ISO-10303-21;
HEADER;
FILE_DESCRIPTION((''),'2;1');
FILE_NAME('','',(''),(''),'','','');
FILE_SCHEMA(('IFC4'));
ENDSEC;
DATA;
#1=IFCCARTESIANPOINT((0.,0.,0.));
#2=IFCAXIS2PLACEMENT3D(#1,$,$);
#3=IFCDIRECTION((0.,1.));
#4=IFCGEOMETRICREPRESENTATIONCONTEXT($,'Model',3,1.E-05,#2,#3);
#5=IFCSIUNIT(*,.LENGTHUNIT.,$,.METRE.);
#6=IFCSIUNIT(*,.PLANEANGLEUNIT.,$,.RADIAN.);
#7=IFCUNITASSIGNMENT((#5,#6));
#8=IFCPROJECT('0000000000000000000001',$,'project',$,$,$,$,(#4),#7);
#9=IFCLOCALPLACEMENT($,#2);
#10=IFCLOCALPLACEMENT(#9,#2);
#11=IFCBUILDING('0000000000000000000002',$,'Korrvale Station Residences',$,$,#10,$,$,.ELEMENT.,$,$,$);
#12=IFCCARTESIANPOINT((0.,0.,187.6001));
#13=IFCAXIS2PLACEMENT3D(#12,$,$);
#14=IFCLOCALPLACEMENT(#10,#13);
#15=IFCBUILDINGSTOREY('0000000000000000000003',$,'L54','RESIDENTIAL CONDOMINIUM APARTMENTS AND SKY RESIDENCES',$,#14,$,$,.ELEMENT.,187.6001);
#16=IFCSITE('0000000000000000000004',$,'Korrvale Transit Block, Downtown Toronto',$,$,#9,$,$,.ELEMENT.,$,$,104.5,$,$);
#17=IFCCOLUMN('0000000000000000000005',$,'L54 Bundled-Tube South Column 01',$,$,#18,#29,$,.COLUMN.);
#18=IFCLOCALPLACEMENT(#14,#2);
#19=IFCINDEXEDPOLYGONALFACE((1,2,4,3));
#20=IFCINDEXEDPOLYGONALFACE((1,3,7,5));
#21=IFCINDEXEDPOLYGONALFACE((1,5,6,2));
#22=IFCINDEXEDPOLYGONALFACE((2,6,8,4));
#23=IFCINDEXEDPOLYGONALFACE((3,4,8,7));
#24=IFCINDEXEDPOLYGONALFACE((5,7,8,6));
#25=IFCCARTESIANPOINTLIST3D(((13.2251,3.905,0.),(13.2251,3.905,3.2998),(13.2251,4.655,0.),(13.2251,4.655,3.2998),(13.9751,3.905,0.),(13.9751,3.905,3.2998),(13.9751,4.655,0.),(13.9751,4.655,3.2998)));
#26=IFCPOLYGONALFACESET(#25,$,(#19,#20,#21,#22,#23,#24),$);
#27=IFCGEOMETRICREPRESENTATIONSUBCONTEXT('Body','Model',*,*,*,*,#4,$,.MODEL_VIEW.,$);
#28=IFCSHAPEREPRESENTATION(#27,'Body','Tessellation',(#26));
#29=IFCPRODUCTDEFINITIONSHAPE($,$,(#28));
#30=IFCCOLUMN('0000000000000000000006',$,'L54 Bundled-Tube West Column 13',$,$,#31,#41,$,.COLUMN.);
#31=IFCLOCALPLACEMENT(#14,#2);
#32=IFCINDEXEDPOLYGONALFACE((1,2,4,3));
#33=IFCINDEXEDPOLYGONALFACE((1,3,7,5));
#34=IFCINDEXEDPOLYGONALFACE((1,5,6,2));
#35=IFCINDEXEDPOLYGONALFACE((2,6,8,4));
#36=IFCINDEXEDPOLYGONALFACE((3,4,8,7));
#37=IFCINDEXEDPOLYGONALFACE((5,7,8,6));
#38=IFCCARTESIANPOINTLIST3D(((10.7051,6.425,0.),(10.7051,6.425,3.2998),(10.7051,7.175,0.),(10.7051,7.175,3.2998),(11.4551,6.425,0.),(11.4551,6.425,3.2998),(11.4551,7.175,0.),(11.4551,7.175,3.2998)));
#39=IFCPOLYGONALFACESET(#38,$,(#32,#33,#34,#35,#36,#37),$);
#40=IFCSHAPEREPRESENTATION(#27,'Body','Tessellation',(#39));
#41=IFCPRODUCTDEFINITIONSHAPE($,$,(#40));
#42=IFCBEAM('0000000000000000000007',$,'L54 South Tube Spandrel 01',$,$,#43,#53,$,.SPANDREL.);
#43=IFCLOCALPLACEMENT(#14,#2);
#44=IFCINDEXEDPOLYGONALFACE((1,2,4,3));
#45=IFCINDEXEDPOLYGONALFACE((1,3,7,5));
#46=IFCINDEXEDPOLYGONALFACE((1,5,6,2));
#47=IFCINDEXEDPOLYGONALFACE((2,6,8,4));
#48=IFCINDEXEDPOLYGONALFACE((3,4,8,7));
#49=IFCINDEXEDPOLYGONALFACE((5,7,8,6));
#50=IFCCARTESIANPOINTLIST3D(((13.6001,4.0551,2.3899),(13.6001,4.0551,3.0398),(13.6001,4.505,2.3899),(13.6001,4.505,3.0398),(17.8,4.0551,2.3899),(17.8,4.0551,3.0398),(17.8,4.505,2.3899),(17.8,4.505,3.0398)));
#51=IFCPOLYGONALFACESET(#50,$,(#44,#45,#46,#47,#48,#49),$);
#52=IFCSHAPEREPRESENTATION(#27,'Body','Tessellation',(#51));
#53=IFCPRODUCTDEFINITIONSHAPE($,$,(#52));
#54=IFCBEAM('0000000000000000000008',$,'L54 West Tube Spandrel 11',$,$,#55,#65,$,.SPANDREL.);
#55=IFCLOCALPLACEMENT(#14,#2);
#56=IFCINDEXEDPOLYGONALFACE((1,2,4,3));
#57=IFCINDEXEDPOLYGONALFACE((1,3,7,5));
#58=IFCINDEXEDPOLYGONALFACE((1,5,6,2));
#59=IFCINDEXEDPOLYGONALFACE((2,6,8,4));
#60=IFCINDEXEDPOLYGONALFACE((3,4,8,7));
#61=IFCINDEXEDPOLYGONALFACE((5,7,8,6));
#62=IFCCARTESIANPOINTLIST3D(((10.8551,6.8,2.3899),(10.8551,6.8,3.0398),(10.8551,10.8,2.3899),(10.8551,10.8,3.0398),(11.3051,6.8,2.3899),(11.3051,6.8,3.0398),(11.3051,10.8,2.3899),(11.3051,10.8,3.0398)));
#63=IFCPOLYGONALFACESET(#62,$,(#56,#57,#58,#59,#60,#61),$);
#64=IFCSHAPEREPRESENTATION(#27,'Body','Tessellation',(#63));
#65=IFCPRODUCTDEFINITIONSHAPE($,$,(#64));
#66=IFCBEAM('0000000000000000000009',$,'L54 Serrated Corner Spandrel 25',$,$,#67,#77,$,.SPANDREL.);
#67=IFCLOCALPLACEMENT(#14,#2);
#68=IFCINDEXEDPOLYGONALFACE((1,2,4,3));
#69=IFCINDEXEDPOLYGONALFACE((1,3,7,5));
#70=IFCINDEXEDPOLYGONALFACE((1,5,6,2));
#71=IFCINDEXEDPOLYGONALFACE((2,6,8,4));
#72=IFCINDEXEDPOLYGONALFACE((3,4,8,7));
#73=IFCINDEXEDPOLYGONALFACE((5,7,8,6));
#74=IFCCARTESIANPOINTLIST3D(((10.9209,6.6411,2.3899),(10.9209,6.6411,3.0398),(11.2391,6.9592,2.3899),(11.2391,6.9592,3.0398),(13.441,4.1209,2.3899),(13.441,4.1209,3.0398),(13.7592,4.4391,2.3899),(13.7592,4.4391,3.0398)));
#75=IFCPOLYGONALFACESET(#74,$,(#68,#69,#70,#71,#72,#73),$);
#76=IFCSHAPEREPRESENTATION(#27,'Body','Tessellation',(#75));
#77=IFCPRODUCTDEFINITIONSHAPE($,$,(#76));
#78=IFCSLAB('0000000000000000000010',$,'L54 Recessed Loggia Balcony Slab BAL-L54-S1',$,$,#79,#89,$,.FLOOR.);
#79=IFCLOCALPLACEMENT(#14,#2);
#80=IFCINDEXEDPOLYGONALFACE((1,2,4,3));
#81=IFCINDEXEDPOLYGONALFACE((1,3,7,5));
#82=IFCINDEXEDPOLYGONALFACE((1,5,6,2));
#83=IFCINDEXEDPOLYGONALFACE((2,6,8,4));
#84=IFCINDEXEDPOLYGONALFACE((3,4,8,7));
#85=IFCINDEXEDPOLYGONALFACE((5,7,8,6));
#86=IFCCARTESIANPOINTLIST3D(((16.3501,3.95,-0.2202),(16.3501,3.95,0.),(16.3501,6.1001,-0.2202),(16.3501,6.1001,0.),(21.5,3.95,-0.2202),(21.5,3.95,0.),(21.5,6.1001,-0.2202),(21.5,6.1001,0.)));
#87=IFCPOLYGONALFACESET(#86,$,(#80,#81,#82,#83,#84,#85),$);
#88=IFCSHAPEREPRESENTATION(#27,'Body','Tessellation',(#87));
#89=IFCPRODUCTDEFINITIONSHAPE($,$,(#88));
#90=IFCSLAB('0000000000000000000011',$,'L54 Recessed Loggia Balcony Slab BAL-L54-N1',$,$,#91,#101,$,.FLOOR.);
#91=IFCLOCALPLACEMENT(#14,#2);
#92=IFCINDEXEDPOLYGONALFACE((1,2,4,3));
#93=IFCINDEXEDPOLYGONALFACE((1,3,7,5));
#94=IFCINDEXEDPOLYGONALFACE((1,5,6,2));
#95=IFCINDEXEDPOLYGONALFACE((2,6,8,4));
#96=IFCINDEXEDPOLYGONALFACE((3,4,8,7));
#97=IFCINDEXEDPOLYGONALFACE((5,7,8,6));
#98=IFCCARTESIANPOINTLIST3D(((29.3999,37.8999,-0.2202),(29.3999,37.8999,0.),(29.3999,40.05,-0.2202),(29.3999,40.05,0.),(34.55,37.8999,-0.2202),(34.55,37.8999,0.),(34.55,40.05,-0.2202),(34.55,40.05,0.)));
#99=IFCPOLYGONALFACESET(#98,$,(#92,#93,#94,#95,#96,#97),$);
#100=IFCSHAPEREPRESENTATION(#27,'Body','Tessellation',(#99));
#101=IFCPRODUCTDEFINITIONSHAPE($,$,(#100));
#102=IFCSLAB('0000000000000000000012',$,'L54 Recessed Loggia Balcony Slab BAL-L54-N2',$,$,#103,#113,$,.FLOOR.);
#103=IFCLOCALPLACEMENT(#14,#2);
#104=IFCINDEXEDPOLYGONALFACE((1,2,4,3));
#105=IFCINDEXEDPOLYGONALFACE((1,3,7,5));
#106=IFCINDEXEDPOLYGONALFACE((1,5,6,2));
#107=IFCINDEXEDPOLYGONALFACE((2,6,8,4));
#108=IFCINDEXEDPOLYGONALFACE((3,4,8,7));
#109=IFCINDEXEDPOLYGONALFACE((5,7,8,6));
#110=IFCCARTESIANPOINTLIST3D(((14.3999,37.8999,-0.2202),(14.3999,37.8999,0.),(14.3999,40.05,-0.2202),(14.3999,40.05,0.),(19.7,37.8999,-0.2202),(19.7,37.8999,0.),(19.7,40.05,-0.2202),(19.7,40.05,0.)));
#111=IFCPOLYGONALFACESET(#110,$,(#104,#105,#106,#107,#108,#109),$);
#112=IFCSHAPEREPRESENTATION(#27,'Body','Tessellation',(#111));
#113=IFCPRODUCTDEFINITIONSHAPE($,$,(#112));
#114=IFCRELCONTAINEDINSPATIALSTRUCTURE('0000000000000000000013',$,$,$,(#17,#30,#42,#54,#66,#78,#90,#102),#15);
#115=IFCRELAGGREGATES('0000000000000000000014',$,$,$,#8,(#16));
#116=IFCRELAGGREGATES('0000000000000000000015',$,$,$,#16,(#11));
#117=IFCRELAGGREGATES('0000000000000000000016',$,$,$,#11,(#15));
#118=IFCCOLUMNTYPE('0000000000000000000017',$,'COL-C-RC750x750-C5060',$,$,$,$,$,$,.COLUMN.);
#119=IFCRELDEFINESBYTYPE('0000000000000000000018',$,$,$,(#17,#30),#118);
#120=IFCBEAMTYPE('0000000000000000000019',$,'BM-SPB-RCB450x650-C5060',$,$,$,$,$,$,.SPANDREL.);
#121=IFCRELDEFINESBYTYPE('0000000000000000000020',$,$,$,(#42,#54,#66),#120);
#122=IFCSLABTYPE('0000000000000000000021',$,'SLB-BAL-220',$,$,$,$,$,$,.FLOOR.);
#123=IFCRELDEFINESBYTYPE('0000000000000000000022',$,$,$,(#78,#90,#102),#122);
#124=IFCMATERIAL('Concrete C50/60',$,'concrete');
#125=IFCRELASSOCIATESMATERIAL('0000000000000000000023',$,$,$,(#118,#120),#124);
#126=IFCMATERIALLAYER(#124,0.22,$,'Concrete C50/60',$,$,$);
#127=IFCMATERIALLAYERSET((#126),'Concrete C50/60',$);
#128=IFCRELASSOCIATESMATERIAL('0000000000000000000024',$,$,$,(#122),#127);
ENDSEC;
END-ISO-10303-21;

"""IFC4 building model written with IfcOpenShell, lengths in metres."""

from ifc_helpers import new_model, si_unit, direction, frame, origin, origin_2d, place, context, subcontext, project, spatial, polyline, rectangle, outline, extrude, material, layer, layer_set, material_profile, profile_set, type_object, element, save


model = new_model("IFC4")

# Units and contexts
model_context = context("Model", 3, precision=1e-05, world=origin(), true_north=direction((0.0, 1.0)))
body_context = subcontext(model_context, "Body", "Model", "MODEL_VIEW")
ifc_project = project(units=[si_unit("LENGTHUNIT", "METRE"), si_unit("PLANEANGLEUNIT", "RADIAN")], contexts=[model_context])

# Site, building, storey
site_placement = place(None, origin())
site = spatial("IfcSite", under=ifc_project, at=site_placement, Name="Korrvale Transit Block, Downtown Toronto", CompositionType="ELEMENT", RefElevation=104.5)
building_placement = place(site_placement, origin())
building = spatial("IfcBuilding", under=site, at=building_placement, Name="Korrvale Station Residences", CompositionType="ELEMENT")
storey_placement = place(building_placement, frame((0.0, 0.0, 187.6001)))
storey = spatial("IfcBuildingStorey", under=building, at=storey_placement, Name="L54", Description="RESIDENTIAL CONDOMINIUM APARTMENTS AND SKY RESIDENCES", CompositionType="ELEMENT", Elevation=187.6001)

# Columns
ifc_material_1 = material(Name="Concrete C50/60", Category="concrete")
ifc_material_profile_1 = material_profile(ifc_material_1, rectangle(XDim=0.75, YDim=0.75, at=origin_2d()), Name="RC750x750")
ifc_profile_set_1 = profile_set([ifc_material_profile_1], Name="Concrete C50/60")
column_type = type_object("IfcColumnType", Name="COL-C-RC750x750-C5060", PredefinedType="COLUMN", material=ifc_profile_set_1)
for number, where, z_axis, x_axis, name in (
    (1, (13.6001, 4.28, 0.0), (0.0, 0.0, 1.0), (1.0, 0.0, 0.0), "L54 Bundled-Tube South Column 01"),
    (2, (11.0801, 6.8, 0.0), (0.0, 0.0, 1.0), (1.0, 0.0, 0.0), "L54 Bundled-Tube West Column 13"),
):
    element("IfcColumn", number, at=place(storey_placement, frame(where, z_axis=z_axis, x_axis=x_axis)), inside=storey, type_object=column_type, Name=name, PredefinedType="COLUMN", context=body_context, shape_type="SweptSolid", body=[
        extrude(rectangle(XDim=0.75, YDim=0.75, at=origin_2d()), origin(), (0.0, 0.0, 1.0), 3.2998),
    ])

# Beams
ifc_material_profile_2 = material_profile(ifc_material_1, rectangle(XDim=0.45, YDim=0.6499, at=origin_2d()), Name="RCB450x650")
ifc_profile_set_2 = profile_set([ifc_material_profile_2], Name="Concrete C50/60")
beam_type = type_object("IfcBeamType", Name="BM-SPB-RCB450x650-C5060", PredefinedType="SPANDREL", material=ifc_profile_set_2)
beam_1_placement = place(storey_placement, frame((13.6001, 4.28, 2.7148), z_axis=(1.0, 0.0, 0.0), x_axis=(0.0, 1.0, 0.0)))
element("IfcBeam", 3, at=beam_1_placement, inside=storey, type_object=beam_type, Name="L54 South Tube Spandrel 01", PredefinedType="SPANDREL", context=body_context, shape_type="SweptSolid", body=[
    extrude(rectangle(XDim=0.45, YDim=0.6499, at=origin_2d()), origin(), (0.0, 0.0, 1.0), 4.2),
])
beam_2_placement = place(storey_placement, frame((11.0801, 6.8, 2.7148), z_axis=(0.0, 1.0, 0.0), x_axis=(-1.0, 0.0, 0.0)))
element("IfcBeam", 4, at=beam_2_placement, inside=storey, type_object=beam_type, Name="L54 West Tube Spandrel 11", PredefinedType="SPANDREL", context=body_context, shape_type="SweptSolid", body=[
    extrude(rectangle(XDim=0.45, YDim=0.6499, at=origin_2d()), origin(), (0.0, 0.0, 1.0), 4.0),
])
beam_3_placement = place(storey_placement, frame((13.6001, 4.28, 2.7148), z_axis=(-0.707107, 0.707107, 0.0), x_axis=(-0.707107, -0.707107, 0.0)))
element("IfcBeam", 5, at=beam_3_placement, inside=storey, type_object=beam_type, Name="L54 Serrated Corner Spandrel 25", PredefinedType="SPANDREL", context=body_context, shape_type="SweptSolid", body=[
    extrude(rectangle(XDim=0.45, YDim=0.6499, at=origin_2d()), origin(), (0.0, 0.0, 1.0), 3.564),
])

# Slabs
ifc_layer_1 = layer(ifc_material_1, 0.22, Name="Concrete C50/60")
ifc_layer_set_1 = layer_set([ifc_layer_1], Name="Concrete C50/60")
slab_type_1 = type_object("IfcSlabType", Name="SLB-BAL-220", PredefinedType="FLOOR", material=ifc_layer_set_1)
slab_1_placement = place(storey_placement, frame((0.0, 0.0, -0.2202)))
element("IfcSlab", 6, at=slab_1_placement, inside=storey, type_object=slab_type_1, Name="L54 Recessed Loggia Balcony Slab BAL-L54-S1", PredefinedType="FLOOR", context=body_context, shape_type="SweptSolid", body=[
    extrude(outline(polyline([(16.3501, 3.95), (21.5, 3.95), (21.5, 6.1001), (16.3501, 6.1001), (16.3501, 3.95)])), origin(), (0.0, 0.0, 1.0), 0.2202),
])
slab_2_placement = place(storey_placement, frame((0.0, 0.0, -0.2202)))
element("IfcSlab", 7, at=slab_2_placement, inside=storey, type_object=slab_type_1, Name="L54 Recessed Loggia Balcony Slab BAL-L54-N1", PredefinedType="FLOOR", context=body_context, shape_type="SweptSolid", body=[
    extrude(outline(polyline([(29.3999, 37.8999), (34.55, 37.8999), (34.55, 40.05), (29.3999, 40.05), (29.3999, 37.8999)])), origin(), (0.0, 0.0, 1.0), 0.2202),
])
slab_3_placement = place(storey_placement, frame((0.0, 0.0, -0.2202)))
element("IfcSlab", 8, at=slab_3_placement, inside=storey, type_object=slab_type_1, Name="L54 Recessed Loggia Balcony Slab BAL-L54-N2", PredefinedType="FLOOR", context=body_context, shape_type="SweptSolid", body=[
    extrude(outline(polyline([(14.3999, 37.8999), (19.7, 37.8999), (19.7, 40.05), (14.3999, 40.05), (14.3999, 37.8999)])), origin(), (0.0, 0.0, 1.0), 0.2202),
])

save(model, "model.ifc")
